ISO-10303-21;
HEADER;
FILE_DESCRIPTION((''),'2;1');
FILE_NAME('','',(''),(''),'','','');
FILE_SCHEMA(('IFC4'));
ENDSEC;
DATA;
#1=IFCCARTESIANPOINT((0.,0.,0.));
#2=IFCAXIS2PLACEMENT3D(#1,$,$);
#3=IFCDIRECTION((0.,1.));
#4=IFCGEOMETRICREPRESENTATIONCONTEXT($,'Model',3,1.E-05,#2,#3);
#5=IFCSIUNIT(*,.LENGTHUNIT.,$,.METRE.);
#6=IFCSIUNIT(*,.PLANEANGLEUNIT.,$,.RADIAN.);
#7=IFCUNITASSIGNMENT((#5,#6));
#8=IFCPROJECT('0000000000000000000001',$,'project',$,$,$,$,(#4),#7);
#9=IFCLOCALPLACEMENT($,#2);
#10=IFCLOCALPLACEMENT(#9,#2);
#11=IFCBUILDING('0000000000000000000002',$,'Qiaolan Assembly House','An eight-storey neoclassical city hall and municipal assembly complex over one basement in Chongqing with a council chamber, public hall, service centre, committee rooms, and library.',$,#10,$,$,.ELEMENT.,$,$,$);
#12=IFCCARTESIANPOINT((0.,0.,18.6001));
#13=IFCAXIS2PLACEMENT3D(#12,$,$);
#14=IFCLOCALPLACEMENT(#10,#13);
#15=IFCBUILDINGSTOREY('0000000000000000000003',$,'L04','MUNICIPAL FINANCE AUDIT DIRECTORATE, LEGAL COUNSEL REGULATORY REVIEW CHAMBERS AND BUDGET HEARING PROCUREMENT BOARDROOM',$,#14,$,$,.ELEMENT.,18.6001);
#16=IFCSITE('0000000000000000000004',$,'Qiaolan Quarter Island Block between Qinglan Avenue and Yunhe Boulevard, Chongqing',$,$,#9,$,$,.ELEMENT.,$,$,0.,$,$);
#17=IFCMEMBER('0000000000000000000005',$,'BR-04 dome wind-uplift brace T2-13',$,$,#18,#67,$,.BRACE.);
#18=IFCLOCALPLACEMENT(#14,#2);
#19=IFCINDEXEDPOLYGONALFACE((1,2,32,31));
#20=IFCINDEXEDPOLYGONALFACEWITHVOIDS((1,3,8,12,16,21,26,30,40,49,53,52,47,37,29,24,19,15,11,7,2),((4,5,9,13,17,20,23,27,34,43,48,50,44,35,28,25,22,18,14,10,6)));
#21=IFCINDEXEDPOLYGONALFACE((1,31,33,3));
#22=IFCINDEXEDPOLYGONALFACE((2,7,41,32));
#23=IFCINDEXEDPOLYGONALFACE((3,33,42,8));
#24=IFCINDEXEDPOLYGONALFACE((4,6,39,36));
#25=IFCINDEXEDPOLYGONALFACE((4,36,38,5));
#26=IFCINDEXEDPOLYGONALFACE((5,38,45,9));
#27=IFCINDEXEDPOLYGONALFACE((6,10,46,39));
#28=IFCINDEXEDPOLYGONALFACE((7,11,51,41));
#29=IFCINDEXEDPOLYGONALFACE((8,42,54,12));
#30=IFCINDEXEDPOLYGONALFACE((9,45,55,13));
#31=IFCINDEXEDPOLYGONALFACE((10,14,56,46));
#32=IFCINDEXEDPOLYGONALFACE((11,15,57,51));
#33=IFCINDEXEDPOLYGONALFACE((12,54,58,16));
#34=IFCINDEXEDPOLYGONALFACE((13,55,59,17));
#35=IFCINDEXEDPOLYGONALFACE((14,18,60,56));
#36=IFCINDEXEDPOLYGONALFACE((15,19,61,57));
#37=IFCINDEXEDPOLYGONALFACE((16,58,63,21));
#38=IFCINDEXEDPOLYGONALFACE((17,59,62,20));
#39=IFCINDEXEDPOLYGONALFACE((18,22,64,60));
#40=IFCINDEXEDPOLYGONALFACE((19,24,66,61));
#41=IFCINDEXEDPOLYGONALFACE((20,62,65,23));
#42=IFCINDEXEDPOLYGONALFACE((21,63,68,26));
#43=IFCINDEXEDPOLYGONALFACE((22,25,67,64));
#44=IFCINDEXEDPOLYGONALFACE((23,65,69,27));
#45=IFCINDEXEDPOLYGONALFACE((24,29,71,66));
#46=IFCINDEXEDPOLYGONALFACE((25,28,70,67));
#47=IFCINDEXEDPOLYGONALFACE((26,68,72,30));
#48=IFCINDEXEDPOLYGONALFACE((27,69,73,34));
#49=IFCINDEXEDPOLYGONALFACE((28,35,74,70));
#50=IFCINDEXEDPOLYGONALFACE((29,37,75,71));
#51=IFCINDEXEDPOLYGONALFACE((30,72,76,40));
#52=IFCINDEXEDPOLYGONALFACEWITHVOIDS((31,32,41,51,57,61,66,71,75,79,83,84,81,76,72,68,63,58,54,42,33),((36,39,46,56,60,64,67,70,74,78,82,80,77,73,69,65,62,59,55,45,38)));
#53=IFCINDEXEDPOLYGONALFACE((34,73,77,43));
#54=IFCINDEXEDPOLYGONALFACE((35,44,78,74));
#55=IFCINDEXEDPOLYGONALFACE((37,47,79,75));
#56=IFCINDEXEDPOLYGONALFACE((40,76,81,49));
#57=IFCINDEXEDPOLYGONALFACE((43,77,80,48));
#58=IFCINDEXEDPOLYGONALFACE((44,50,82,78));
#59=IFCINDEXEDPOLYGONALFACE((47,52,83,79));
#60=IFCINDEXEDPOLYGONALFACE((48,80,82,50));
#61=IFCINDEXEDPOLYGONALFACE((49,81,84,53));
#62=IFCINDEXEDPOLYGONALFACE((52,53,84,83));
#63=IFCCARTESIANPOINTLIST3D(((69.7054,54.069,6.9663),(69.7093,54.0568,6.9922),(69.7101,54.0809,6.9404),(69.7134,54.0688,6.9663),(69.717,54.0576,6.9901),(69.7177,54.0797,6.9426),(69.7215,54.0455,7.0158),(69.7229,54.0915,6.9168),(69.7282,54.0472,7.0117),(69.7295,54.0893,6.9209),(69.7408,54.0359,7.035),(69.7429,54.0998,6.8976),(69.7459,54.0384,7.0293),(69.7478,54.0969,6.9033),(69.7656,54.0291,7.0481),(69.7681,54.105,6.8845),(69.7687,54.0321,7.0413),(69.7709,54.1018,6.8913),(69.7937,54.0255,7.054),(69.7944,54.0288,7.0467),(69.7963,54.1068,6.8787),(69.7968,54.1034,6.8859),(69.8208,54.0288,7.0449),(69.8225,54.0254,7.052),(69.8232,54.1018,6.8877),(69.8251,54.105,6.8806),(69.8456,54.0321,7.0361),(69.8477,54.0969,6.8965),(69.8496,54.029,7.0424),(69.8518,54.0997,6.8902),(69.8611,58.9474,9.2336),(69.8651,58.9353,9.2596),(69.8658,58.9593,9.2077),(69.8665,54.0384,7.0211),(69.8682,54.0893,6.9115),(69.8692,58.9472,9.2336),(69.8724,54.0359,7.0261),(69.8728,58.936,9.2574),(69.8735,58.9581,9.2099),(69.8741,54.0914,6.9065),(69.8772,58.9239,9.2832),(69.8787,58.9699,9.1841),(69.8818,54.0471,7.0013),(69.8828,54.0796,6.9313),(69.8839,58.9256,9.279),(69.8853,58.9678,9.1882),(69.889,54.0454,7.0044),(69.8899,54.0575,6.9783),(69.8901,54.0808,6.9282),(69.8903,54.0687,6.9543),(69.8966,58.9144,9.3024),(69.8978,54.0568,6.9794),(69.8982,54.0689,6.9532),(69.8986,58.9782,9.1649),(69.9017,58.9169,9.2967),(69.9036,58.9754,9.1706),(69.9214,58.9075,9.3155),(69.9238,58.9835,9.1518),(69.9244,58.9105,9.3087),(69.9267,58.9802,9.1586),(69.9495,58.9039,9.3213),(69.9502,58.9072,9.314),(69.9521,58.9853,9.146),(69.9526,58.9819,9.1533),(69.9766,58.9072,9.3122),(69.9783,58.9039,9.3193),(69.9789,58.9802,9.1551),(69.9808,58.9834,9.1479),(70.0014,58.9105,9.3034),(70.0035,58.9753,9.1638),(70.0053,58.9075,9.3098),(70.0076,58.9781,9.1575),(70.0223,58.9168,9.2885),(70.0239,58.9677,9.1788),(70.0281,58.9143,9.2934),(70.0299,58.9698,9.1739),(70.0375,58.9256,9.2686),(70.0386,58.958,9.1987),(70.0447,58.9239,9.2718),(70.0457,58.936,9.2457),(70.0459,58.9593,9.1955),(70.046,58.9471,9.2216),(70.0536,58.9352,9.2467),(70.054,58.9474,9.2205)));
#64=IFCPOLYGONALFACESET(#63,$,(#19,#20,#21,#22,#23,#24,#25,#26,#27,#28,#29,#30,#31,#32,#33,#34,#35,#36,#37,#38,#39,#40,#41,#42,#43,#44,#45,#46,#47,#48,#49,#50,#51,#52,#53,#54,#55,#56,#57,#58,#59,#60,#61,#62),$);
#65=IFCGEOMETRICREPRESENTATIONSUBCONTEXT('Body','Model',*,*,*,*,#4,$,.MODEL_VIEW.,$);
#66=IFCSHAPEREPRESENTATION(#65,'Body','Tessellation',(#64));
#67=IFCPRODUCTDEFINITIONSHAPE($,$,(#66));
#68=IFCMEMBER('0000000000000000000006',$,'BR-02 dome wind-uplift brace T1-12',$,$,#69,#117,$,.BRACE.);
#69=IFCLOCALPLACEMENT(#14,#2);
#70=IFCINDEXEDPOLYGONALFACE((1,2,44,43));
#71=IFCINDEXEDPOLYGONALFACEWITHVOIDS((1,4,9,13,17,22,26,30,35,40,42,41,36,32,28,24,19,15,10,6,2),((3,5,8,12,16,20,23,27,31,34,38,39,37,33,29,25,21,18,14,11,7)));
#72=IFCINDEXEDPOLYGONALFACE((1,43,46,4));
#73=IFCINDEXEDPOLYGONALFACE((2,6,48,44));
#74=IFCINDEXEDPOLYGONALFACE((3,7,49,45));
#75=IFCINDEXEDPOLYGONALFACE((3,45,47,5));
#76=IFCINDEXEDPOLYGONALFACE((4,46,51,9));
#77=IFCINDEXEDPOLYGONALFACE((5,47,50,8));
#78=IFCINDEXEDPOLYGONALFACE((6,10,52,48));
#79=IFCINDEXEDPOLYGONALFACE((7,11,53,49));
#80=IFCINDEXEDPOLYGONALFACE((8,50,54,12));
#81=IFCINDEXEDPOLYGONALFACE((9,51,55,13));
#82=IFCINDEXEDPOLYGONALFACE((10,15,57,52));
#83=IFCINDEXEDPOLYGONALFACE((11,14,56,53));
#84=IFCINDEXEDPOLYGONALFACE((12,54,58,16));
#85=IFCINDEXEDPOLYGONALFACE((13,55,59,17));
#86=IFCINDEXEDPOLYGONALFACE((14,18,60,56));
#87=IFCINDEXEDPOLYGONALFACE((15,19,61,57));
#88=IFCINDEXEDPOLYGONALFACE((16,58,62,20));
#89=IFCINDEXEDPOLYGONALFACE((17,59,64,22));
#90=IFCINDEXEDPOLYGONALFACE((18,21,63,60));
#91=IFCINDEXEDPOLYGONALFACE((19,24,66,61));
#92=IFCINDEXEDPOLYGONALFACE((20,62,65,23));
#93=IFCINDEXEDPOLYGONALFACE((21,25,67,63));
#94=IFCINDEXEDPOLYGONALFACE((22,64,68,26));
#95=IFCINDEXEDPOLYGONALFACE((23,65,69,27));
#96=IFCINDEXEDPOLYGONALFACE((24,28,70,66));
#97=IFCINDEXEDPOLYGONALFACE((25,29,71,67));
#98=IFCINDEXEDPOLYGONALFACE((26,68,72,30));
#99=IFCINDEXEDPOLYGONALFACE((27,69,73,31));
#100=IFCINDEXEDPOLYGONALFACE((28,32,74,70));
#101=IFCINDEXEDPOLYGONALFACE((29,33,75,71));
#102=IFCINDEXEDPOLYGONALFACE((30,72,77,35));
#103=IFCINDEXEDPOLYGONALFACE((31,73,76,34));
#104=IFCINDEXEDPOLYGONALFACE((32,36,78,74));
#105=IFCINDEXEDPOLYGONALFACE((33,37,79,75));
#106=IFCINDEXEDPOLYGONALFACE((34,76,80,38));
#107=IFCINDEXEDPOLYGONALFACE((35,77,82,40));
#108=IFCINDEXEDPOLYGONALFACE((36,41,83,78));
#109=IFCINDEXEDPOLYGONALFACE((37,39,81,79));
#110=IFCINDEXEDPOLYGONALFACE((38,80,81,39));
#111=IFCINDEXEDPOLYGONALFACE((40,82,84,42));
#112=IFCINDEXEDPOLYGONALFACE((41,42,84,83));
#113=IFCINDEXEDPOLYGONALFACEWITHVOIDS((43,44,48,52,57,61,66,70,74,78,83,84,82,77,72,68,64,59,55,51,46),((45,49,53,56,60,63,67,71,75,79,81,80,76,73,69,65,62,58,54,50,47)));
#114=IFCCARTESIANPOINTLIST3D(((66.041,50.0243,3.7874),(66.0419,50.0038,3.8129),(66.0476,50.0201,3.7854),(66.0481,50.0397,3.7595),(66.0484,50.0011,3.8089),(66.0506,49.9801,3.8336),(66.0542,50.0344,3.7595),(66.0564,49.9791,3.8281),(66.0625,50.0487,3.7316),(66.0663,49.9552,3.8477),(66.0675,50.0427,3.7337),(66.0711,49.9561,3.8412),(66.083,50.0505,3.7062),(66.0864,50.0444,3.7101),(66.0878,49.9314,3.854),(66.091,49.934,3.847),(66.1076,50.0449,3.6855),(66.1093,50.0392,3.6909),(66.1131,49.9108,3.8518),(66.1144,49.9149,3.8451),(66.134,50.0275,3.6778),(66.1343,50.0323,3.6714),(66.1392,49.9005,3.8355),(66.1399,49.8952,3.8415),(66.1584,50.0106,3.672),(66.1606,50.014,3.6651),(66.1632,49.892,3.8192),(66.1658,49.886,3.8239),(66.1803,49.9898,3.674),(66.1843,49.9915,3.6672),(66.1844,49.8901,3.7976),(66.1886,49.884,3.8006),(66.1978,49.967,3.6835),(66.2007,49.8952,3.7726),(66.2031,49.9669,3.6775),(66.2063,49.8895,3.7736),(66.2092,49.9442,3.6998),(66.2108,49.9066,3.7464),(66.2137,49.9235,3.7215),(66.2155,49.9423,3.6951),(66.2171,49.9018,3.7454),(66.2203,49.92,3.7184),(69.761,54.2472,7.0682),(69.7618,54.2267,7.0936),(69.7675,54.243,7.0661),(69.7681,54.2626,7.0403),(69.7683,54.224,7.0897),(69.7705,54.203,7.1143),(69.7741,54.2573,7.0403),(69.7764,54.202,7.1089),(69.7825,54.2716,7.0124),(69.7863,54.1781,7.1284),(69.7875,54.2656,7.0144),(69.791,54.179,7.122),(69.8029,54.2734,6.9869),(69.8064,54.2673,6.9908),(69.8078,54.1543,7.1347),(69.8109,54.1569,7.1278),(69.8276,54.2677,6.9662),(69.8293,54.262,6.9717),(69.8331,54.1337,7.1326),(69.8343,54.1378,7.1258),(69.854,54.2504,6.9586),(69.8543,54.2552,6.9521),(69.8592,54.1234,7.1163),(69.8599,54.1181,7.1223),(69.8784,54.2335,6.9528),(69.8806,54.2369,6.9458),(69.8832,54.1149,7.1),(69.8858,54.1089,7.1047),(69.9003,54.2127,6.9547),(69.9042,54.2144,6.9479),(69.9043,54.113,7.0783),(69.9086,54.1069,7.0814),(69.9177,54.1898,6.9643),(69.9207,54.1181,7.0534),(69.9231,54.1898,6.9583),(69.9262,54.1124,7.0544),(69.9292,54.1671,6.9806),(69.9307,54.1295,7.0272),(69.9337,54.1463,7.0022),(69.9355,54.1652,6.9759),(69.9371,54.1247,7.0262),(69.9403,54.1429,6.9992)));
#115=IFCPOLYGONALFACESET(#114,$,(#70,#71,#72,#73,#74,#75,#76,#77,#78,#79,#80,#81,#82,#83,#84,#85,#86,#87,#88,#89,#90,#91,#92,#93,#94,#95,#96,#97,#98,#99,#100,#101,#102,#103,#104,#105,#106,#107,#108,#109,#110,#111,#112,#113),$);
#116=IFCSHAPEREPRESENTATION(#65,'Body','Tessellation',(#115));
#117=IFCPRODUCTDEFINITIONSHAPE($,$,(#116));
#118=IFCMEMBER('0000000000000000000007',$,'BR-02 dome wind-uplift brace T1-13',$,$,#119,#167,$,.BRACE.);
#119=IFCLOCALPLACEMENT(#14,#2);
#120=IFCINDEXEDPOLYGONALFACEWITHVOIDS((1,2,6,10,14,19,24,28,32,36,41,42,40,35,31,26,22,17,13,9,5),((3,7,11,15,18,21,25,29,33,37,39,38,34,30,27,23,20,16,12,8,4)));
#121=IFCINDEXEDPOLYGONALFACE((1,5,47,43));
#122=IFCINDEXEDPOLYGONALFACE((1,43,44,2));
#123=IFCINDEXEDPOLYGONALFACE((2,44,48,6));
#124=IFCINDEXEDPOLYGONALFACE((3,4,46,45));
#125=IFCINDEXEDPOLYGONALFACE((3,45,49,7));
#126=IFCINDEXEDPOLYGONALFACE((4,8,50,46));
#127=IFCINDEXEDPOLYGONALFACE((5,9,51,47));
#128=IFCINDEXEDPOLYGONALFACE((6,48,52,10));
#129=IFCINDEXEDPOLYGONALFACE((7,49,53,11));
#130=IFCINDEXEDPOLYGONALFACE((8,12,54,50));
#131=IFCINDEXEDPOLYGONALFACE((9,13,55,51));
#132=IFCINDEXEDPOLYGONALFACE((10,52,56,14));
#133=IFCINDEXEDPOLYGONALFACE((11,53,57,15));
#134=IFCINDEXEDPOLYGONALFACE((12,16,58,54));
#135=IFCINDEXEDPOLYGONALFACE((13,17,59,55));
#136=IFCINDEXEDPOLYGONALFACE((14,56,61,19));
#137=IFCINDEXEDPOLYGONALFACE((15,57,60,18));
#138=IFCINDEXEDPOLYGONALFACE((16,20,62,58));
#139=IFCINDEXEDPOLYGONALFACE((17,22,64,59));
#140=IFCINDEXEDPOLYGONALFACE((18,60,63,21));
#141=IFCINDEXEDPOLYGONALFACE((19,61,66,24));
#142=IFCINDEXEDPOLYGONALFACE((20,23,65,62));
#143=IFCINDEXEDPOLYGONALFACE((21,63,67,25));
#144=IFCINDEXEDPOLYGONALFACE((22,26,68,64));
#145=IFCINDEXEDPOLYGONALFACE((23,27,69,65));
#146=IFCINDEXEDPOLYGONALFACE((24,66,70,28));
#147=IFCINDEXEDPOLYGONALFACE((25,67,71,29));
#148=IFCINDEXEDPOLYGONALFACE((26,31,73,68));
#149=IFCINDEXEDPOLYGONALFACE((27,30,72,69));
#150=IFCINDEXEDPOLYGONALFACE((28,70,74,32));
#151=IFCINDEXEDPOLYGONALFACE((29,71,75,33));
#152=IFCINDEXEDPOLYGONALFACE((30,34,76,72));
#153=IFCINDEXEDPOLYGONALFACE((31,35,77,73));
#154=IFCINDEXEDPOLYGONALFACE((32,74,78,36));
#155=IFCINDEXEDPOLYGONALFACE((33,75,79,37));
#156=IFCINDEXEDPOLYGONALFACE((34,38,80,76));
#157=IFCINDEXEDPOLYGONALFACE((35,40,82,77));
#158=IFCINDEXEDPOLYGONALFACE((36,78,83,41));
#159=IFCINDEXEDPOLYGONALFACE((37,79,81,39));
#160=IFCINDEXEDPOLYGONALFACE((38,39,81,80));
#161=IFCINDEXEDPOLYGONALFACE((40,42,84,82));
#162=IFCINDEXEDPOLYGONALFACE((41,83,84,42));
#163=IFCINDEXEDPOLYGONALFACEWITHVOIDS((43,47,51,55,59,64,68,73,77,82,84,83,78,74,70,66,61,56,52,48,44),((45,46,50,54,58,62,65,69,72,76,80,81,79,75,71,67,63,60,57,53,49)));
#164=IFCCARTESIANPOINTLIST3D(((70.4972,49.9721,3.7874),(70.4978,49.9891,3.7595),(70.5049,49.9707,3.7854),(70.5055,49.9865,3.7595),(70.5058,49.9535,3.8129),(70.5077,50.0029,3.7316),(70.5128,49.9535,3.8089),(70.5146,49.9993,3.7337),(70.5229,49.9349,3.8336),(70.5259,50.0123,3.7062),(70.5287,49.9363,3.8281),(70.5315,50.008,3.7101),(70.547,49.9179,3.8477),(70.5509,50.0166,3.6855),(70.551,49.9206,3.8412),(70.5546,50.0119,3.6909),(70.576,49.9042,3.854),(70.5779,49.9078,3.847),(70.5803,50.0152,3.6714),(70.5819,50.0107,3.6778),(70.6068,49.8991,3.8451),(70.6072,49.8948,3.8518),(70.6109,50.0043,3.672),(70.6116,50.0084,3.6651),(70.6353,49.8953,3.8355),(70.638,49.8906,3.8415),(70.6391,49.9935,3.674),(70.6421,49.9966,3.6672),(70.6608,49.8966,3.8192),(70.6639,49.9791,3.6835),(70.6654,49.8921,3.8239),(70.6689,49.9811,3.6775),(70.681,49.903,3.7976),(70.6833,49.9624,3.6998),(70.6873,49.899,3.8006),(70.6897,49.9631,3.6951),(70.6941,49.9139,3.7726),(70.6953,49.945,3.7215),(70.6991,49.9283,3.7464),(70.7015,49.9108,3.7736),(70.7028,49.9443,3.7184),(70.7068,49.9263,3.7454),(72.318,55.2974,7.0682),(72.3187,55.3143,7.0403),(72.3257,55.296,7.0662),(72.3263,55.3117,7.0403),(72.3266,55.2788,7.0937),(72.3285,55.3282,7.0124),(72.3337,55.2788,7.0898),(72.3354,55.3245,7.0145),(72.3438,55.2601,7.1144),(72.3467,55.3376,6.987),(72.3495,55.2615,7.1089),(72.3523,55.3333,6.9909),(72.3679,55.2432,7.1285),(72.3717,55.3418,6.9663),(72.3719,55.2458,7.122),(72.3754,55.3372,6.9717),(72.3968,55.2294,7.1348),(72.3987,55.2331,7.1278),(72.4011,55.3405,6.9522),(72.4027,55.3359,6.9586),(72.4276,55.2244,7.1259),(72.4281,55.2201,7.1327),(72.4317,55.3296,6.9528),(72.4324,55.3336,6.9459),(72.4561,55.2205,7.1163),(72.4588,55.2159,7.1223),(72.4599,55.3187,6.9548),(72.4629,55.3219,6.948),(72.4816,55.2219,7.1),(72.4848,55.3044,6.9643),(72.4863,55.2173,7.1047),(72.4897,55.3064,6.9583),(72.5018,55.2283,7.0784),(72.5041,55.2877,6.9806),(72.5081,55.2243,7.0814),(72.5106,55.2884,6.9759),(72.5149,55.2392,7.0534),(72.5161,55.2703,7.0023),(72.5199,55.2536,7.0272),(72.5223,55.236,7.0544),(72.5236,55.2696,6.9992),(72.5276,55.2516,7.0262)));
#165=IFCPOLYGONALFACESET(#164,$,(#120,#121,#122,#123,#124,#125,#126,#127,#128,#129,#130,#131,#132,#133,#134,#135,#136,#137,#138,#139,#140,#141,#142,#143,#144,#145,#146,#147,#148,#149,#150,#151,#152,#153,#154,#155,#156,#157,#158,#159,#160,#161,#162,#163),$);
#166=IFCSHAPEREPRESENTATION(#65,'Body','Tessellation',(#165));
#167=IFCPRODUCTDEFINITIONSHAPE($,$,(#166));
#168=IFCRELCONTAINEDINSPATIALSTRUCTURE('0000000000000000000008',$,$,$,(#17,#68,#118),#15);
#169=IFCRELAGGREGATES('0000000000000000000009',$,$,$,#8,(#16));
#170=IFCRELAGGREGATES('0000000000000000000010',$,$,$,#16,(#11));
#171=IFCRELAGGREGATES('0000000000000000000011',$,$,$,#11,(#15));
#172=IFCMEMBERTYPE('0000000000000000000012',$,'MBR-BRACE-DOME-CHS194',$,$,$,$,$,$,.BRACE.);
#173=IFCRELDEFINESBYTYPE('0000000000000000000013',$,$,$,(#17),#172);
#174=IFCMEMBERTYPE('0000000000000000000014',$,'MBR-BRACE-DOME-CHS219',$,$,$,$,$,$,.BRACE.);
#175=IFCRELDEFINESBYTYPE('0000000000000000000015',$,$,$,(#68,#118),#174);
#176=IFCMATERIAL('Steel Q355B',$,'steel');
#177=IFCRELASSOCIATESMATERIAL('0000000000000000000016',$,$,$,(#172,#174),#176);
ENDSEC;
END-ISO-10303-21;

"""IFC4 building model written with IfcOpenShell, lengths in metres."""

from ifc_helpers import new_model, si_unit, direction, frame, origin, origin_2d, place, context, subcontext, project, spatial, hollow_circle, extrude, material, material_profile, profile_set, type_object, element, save


model = new_model("IFC4")

# Units and contexts
model_context = context("Model", 3, precision=1e-05, world=origin(), true_north=direction((0.0, 1.0)))
body_context = subcontext(model_context, "Body", "Model", "MODEL_VIEW")
ifc_project = project(units=[si_unit("LENGTHUNIT", "METRE"), si_unit("PLANEANGLEUNIT", "RADIAN")], contexts=[model_context])

# Site, building, storey
site_placement = place(None, origin())
site = spatial("IfcSite", under=ifc_project, at=site_placement, Name="Qiaolan Quarter Island Block between Qinglan Avenue and Yunhe Boulevard, Chongqing", CompositionType="ELEMENT", RefElevation=0.0)
building_placement = place(site_placement, origin())
building = spatial("IfcBuilding", under=site, at=building_placement, Name="Qiaolan Assembly House", Description="An eight-storey neoclassical city hall and municipal assembly complex over one basement in Chongqing with a council chamber, public hall, service centre, committee rooms, and library.", CompositionType="ELEMENT")
storey_placement = place(building_placement, frame((0.0, 0.0, 18.6001)))
storey = spatial("IfcBuildingStorey", under=building, at=storey_placement, Name="L04", Description="MUNICIPAL FINANCE AUDIT DIRECTORATE, LEGAL COUNSEL REGULATORY REVIEW CHAMBERS AND BUDGET HEARING PROCUREMENT BOARDROOM", CompositionType="ELEMENT", Elevation=18.6001)

# Shared definitions
ifc_material_1 = material(Name="Steel Q355B", Category="steel")

# Members
ifc_material_profile_1 = material_profile(ifc_material_1, hollow_circle(Radius=0.0969, WallThickness=0.0081, at=origin_2d()), Name="CHS 194x8")
ifc_profile_set_1 = profile_set([ifc_material_profile_1], Name="Steel Q355B")
member_type_1 = type_object("IfcMemberType", Name="MBR-BRACE-DOME-CHS194", PredefinedType="BRACE", material=ifc_profile_set_1)
for number, where, z_axis, x_axis, name in (
    (1, (69.8022, 54.0659, 6.9663), (0.028942, 0.906462, 0.421295), (-0.999491, 0.031912, 0.0), "BR-04 dome wind-uplift brace T2-13"),
):
    element("IfcMember", number, at=place(storey_placement, frame(where, z_axis=z_axis, x_axis=x_axis)), inside=storey, type_object=member_type_1, Name=name, PredefinedType="BRACE", context=body_context, shape_type="SweptSolid", body=[
        extrude(hollow_circle(Radius=0.0969, WallThickness=0.0081, at=origin_2d()), origin(), (0.0, 0.0, 1.0), 5.3818),
    ])
ifc_material_profile_2 = material_profile(ifc_material_1, hollow_circle(Radius=0.1096, WallThickness=0.0081, at=origin_2d()), Name="CHS 219.1x8")
ifc_profile_set_2 = profile_set([ifc_material_profile_2], Name="Steel Q355B")
member_type_2 = type_object("IfcMemberType", Name="MBR-BRACE-DOME-CHS219", PredefinedType="BRACE", material=ifc_profile_set_2)
member_1_placement = place(storey_placement, frame((66.1304, 49.9673, 3.7595), z_axis=(0.571058, 0.648263, 0.503634), x_axis=(-0.750377, 0.66101, 0.0)))
element("IfcMember", 2, at=member_1_placement, inside=storey, type_object=member_type_2, Name="BR-02 dome wind-uplift brace T1-12", PredefinedType="BRACE", context=body_context, shape_type="SweptSolid", body=[
    extrude(hollow_circle(Radius=0.1096, WallThickness=0.0081, at=origin_2d()), origin(), (0.0, 0.0, 1.0), 6.5142),
])
member_2_placement = place(storey_placement, frame((70.6016, 49.9536, 3.7595), z_axis=(0.279507, 0.817459, 0.503623), x_axis=(-0.946217, 0.323532, 0.0)))
element("IfcMember", 3, at=member_2_placement, inside=storey, type_object=member_type_2, Name="BR-02 dome wind-uplift brace T1-13", PredefinedType="BRACE", context=body_context, shape_type="SweptSolid", body=[
    extrude(hollow_circle(Radius=0.1096, WallThickness=0.0081, at=origin_2d()), origin(), (0.0, 0.0, 1.0), 6.5144),
])

save(model, "model.ifc")
